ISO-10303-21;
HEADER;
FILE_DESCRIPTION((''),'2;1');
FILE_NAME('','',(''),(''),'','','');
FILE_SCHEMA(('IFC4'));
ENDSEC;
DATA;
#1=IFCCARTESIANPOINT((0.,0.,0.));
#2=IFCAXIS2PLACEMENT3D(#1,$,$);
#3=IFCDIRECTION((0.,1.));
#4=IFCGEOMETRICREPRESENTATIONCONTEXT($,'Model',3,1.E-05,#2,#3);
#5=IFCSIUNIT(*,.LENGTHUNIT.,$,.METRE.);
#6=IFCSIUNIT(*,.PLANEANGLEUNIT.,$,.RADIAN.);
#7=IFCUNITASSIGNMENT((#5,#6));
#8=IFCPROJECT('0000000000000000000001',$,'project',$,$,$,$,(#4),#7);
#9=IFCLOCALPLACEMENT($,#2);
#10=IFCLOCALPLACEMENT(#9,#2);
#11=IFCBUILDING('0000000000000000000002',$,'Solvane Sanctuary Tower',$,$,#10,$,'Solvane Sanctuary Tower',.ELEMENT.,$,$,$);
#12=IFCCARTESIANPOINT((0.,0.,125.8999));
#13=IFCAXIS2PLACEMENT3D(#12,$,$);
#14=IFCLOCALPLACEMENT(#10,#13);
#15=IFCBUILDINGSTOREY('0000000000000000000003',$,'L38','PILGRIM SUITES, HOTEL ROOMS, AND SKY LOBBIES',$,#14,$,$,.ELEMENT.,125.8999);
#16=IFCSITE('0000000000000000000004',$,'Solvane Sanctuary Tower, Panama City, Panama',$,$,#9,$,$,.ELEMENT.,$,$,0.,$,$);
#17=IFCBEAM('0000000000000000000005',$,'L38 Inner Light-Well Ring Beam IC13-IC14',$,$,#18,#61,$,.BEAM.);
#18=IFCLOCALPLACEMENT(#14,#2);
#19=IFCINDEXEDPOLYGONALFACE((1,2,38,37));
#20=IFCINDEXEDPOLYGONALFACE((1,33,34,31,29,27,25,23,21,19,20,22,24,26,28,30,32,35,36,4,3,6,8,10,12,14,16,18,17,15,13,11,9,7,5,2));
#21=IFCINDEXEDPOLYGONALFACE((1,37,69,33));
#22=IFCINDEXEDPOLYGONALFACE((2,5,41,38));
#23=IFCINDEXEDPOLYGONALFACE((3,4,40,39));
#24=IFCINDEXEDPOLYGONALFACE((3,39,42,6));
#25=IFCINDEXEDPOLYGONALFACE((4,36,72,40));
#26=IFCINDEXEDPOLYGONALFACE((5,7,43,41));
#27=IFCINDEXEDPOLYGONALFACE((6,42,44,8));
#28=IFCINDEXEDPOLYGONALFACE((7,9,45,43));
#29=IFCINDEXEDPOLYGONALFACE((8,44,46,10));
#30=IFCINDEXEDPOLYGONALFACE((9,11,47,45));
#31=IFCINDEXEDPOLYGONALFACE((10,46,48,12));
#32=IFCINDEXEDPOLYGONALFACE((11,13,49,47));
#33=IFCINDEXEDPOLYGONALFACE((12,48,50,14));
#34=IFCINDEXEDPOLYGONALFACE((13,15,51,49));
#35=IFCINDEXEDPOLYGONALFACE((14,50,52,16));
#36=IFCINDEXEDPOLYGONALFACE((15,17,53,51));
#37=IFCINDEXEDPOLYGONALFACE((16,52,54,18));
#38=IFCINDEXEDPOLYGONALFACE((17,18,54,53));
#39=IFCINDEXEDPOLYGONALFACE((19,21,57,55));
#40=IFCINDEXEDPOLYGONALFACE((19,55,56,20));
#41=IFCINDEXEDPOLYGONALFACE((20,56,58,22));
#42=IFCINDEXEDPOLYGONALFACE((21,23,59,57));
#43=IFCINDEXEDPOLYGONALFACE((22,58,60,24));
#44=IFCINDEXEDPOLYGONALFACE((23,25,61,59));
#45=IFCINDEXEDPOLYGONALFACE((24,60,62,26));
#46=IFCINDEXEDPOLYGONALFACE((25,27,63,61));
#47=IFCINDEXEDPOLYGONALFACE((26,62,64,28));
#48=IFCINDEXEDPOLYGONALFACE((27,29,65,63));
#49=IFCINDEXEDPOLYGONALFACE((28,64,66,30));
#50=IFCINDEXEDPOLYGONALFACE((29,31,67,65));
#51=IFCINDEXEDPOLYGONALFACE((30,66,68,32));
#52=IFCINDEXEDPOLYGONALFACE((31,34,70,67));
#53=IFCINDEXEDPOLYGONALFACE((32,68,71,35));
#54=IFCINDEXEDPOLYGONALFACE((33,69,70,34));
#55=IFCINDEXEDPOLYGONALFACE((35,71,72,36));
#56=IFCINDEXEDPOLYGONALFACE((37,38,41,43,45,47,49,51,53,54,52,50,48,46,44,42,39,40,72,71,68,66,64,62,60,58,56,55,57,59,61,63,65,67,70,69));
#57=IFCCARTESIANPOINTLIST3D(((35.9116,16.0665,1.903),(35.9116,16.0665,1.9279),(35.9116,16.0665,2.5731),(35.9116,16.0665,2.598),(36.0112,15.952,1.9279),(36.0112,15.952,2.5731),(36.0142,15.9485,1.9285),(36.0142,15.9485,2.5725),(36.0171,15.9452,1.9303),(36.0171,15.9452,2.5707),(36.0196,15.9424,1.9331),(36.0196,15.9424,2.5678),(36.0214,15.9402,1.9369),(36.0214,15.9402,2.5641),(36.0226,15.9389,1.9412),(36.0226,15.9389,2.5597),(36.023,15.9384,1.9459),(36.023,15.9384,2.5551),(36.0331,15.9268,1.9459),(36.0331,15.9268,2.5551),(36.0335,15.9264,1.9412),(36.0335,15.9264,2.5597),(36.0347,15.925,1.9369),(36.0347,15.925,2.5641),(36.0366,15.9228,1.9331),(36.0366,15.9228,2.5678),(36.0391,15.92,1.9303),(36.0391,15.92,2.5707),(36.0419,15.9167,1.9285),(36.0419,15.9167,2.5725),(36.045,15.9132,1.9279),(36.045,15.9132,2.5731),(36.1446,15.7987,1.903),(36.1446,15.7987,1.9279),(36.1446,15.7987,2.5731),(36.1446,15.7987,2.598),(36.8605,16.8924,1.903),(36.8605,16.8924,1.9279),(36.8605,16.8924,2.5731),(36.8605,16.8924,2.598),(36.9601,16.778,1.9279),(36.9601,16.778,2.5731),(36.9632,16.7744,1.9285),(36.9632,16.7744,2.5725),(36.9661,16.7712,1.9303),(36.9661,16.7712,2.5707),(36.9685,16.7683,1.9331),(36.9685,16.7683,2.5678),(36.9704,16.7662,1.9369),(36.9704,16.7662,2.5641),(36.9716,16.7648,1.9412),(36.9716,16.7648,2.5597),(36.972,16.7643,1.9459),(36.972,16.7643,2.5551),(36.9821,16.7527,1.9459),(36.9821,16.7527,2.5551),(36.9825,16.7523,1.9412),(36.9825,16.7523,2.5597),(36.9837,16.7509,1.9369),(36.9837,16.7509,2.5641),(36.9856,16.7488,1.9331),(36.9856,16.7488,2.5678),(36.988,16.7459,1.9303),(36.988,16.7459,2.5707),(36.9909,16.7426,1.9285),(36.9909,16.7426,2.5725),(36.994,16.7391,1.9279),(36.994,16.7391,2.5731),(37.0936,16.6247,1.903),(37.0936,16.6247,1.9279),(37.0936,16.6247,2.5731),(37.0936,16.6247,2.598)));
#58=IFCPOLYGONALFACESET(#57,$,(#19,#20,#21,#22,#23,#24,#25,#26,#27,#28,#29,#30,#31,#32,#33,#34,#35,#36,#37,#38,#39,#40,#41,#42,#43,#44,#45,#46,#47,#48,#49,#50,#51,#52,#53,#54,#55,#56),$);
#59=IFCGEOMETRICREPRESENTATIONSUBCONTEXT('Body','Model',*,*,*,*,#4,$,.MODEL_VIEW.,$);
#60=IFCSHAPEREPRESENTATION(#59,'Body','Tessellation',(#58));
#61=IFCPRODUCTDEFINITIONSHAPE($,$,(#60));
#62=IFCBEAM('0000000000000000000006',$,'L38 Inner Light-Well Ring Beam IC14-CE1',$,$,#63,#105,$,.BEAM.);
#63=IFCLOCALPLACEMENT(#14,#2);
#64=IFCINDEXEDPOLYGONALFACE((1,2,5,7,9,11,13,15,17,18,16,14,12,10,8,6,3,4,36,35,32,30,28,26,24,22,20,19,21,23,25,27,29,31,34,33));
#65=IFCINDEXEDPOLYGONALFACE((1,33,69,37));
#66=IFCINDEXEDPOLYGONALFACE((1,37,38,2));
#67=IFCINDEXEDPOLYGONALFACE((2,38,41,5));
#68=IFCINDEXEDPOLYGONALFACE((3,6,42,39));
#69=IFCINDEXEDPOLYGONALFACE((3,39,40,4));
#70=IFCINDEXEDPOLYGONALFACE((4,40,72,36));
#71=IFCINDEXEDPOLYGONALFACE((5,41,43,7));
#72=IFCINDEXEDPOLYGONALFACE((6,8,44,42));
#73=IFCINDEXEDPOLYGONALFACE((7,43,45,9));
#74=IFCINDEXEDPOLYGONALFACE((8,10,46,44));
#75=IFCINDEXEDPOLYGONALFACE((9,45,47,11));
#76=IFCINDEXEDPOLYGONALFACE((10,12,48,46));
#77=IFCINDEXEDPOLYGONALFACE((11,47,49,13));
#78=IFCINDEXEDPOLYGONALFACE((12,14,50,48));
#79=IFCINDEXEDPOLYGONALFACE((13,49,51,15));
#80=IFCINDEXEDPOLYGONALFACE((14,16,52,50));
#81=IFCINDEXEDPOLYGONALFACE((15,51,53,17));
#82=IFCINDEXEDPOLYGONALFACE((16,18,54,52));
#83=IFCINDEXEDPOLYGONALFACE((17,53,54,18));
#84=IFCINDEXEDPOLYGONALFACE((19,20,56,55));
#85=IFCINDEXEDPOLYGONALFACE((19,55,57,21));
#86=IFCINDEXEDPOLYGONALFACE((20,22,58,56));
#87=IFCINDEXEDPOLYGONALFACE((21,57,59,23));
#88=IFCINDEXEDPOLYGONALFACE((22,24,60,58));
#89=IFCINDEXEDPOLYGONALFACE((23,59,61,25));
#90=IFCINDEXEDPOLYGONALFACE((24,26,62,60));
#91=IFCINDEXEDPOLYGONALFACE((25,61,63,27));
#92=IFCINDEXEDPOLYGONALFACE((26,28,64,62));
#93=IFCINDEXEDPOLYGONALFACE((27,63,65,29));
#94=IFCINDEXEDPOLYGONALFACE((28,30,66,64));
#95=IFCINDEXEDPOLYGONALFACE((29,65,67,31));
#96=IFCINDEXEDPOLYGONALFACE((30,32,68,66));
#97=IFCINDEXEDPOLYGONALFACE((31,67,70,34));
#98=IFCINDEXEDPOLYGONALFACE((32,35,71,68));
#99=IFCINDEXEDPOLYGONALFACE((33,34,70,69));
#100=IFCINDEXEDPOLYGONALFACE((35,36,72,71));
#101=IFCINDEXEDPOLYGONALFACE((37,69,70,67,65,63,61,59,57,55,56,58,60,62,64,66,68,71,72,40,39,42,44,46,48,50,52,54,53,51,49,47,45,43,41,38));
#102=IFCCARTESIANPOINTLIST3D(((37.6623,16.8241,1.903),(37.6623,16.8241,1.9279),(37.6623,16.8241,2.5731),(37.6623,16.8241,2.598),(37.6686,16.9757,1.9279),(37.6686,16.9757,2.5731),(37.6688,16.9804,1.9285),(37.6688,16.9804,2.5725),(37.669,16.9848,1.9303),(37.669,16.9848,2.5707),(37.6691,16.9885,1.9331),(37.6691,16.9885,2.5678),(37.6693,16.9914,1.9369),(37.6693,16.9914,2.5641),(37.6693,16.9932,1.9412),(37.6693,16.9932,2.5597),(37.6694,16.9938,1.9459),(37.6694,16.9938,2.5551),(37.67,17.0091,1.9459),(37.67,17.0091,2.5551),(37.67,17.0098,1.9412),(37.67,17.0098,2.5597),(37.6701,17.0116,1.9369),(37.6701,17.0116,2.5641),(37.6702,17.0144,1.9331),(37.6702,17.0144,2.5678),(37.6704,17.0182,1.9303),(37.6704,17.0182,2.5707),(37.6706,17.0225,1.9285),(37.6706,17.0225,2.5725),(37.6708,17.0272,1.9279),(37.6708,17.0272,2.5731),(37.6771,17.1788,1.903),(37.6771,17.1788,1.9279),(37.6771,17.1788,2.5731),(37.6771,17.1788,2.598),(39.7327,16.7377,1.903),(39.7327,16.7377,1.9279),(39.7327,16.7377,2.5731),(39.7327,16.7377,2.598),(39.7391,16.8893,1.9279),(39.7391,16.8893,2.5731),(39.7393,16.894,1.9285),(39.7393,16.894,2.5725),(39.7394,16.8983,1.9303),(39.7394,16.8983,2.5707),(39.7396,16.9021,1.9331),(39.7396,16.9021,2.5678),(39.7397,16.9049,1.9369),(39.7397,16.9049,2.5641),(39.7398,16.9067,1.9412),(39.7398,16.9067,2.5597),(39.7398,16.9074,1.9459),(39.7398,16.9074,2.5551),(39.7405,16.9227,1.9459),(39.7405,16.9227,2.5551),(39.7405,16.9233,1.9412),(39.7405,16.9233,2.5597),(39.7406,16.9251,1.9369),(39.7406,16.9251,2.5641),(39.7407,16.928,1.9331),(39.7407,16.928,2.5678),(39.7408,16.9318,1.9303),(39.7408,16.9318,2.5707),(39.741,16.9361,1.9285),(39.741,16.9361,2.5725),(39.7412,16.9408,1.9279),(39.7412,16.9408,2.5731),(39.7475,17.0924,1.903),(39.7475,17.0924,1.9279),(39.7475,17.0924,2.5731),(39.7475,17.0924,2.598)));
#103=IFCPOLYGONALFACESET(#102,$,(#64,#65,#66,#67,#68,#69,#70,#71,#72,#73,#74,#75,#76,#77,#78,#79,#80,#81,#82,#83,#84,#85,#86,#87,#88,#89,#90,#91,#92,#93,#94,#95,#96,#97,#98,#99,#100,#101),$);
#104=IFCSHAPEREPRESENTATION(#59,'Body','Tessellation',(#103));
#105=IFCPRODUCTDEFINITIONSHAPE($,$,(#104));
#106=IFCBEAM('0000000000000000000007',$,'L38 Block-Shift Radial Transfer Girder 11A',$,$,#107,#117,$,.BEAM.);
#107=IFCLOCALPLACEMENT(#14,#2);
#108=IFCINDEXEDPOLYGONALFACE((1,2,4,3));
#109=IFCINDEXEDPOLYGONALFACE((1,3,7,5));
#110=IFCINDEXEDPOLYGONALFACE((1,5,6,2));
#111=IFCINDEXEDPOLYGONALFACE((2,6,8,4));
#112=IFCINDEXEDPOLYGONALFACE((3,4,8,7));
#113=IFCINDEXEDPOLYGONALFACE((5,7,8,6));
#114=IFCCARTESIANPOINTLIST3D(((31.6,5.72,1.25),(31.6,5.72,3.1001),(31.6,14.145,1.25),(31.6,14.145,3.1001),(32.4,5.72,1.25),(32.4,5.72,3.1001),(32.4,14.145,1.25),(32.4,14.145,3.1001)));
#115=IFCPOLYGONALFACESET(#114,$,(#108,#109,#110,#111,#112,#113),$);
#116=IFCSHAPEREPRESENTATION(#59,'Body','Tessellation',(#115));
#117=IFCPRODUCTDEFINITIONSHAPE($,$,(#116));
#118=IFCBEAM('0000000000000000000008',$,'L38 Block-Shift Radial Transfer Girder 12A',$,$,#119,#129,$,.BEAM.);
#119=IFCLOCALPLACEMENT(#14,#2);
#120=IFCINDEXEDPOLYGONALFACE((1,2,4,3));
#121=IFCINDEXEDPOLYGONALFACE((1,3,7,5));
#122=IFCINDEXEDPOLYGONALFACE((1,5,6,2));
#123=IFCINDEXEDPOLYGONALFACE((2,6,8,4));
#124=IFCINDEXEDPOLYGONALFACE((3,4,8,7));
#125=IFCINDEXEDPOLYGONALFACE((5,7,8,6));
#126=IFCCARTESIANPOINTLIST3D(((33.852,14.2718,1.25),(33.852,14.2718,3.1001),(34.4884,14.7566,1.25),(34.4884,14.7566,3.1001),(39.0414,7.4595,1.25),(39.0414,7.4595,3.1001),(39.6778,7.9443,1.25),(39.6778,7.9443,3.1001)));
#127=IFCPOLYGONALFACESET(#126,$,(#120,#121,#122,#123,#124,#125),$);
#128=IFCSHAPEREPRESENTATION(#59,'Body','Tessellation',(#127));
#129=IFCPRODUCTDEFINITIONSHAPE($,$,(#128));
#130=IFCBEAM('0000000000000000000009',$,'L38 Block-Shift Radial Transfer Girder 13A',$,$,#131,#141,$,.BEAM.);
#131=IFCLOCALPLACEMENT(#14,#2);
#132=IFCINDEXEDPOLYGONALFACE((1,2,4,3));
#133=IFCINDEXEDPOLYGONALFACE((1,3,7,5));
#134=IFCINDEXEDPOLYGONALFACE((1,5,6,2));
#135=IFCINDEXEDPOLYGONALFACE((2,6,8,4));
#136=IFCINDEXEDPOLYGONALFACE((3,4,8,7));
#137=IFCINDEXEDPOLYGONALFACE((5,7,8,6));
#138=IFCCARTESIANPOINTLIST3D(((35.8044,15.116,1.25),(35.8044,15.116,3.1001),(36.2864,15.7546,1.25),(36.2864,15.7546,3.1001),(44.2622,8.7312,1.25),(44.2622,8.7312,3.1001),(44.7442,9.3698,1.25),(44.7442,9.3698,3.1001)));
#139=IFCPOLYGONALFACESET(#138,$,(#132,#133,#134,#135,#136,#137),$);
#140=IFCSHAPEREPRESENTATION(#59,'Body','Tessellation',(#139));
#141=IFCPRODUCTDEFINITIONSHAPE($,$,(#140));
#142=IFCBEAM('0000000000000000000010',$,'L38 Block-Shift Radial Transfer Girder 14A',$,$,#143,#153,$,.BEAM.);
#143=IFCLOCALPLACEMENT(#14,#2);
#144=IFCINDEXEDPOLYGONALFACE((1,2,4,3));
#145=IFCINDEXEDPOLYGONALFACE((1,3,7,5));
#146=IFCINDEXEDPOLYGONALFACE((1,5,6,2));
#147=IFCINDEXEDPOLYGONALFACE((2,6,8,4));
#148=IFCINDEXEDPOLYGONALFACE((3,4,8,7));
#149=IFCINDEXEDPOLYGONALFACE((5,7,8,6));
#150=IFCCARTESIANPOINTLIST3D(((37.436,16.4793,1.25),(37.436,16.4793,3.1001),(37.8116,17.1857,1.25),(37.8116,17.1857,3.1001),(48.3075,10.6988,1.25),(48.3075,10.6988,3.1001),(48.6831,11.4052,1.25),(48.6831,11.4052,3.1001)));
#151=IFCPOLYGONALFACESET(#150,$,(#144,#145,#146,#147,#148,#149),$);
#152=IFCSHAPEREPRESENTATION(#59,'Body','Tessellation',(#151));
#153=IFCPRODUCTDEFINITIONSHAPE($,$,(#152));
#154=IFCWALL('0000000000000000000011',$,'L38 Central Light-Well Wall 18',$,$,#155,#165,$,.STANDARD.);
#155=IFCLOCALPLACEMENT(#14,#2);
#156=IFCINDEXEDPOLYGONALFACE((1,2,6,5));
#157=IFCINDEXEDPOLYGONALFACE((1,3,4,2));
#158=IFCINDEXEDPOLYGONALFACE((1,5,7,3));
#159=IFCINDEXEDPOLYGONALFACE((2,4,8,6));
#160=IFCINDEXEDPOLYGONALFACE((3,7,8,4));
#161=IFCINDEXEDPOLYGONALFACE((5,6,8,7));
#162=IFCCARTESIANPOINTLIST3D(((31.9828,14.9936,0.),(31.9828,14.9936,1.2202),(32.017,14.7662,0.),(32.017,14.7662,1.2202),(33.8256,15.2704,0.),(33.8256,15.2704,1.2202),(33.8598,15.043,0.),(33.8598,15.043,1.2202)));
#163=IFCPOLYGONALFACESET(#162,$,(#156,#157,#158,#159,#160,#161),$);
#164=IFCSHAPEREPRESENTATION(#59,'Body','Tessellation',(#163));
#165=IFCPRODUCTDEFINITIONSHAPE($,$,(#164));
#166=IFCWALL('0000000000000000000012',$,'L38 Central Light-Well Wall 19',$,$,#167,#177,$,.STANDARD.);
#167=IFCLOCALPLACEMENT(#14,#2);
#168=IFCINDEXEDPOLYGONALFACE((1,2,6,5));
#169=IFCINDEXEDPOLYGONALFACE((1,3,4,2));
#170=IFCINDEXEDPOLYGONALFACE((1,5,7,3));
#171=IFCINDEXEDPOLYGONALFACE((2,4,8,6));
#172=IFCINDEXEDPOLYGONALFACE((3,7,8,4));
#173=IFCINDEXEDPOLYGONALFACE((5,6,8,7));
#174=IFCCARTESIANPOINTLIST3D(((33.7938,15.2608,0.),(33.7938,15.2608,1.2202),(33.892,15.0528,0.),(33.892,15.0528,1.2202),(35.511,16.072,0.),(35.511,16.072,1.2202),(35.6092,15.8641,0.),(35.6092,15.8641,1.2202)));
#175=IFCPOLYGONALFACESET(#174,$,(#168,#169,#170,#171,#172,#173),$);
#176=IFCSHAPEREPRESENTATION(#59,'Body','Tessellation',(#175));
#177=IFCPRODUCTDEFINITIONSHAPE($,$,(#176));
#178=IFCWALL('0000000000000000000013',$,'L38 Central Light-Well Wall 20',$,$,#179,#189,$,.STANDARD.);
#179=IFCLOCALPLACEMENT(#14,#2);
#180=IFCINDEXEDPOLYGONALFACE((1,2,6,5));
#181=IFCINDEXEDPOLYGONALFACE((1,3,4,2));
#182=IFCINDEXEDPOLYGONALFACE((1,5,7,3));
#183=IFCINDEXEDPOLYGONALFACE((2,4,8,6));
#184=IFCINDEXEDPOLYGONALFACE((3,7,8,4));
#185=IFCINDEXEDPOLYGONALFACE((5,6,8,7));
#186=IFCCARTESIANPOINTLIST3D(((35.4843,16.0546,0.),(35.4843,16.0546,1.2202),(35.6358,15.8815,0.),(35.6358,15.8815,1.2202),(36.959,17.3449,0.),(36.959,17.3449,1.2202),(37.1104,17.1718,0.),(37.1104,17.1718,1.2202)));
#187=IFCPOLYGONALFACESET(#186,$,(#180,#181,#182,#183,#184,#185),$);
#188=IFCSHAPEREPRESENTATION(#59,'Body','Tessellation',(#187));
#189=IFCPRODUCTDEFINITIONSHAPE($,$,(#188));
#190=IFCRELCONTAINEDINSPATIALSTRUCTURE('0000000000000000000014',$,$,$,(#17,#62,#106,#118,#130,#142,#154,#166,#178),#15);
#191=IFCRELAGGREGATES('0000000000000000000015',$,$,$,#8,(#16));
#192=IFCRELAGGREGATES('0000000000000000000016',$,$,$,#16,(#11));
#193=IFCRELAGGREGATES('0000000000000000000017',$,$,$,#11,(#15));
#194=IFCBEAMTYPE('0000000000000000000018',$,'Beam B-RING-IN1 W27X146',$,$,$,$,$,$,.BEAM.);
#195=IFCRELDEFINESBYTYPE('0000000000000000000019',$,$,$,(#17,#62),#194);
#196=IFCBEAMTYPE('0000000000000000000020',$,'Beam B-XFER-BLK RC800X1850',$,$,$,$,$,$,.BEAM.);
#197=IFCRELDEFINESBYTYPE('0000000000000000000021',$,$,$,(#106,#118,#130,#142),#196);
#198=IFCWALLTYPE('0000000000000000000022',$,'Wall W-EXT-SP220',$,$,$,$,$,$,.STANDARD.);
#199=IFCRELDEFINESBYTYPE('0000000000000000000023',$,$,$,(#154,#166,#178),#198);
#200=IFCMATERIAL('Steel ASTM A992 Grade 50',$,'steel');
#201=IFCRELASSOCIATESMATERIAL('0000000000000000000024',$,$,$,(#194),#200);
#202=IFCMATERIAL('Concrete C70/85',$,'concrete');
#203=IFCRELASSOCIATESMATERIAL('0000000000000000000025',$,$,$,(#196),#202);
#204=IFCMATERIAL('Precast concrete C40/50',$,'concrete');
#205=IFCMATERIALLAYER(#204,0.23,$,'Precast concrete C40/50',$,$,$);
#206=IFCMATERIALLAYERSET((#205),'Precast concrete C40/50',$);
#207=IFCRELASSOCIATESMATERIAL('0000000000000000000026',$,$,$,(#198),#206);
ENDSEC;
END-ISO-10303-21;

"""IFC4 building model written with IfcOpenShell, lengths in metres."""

from ifc_helpers import new_model, si_unit, direction, frame, frame_2d, origin, origin_2d, place, context, subcontext, project, spatial, rectangle, i_section, extrude, material, layer, layer_set, material_profile, profile_set, type_object, element, save


model = new_model("IFC4")

# Units and contexts
model_context = context("Model", 3, precision=1e-05, world=origin(), true_north=direction((0.0, 1.0)))
body_context = subcontext(model_context, "Body", "Model", "MODEL_VIEW")
ifc_project = project(units=[si_unit("LENGTHUNIT", "METRE"), si_unit("PLANEANGLEUNIT", "RADIAN")], contexts=[model_context])

# Site, building, storey
site_placement = place(None, origin())
site = spatial("IfcSite", under=ifc_project, at=site_placement, Name="Solvane Sanctuary Tower, Panama City, Panama", CompositionType="ELEMENT", RefElevation=0.0)
building_placement = place(site_placement, origin())
building = spatial("IfcBuilding", under=site, at=building_placement, Name="Solvane Sanctuary Tower", LongName="Solvane Sanctuary Tower", CompositionType="ELEMENT")
storey_placement = place(building_placement, frame((0.0, 0.0, 125.8999)))
storey = spatial("IfcBuildingStorey", under=building, at=storey_placement, Name="L38", Description="PILGRIM SUITES, HOTEL ROOMS, AND SKY LOBBIES", CompositionType="ELEMENT", Elevation=125.8999)

# Beams
ifc_material_1 = material(Name="Steel ASTM A992 Grade 50", Category="steel")
ifc_material_profile_1 = material_profile(ifc_material_1, i_section(OverallWidth=0.355, OverallDepth=0.6951, WebThickness=0.0154, FlangeThickness=0.0249, FilletRadius=0.0181, at=origin_2d()), Name="W27X146")
ifc_profile_set_1 = profile_set([ifc_material_profile_1], Name="Steel ASTM A992 Grade 50")
beam_type_1 = type_object("IfcBeamType", Name="Beam B-RING-IN1 W27X146", PredefinedType="BEAM", material=ifc_profile_set_1)
beam_1_placement = place(storey_placement, frame((36.0281, 15.9326, 2.2505), z_axis=(0.754317, 0.65651, 0.0), x_axis=(-0.65651, 0.754317, 0.0)))
element("IfcBeam", 1, at=beam_1_placement, inside=storey, type_object=beam_type_1, Name="L38 Inner Light-Well Ring Beam IC13-IC14", PredefinedType="BEAM", context=body_context, shape_type="SweptSolid", body=[
    extrude(i_section(OverallWidth=0.355, OverallDepth=0.6951, WebThickness=0.0154, FlangeThickness=0.0249, FilletRadius=0.0181, at=origin_2d()), origin(), (0.0, 0.0, 1.0), 1.2581),
])
beam_2_placement = place(storey_placement, frame((37.6697, 17.0015, 2.2505), z_axis=(0.99913, -0.041704, 0.0), x_axis=(0.041704, 0.99913, 0.0)))
element("IfcBeam", 2, at=beam_2_placement, inside=storey, type_object=beam_type_1, Name="L38 Inner Light-Well Ring Beam IC14-CE1", PredefinedType="BEAM", context=body_context, shape_type="SweptSolid", body=[
    extrude(i_section(OverallWidth=0.355, OverallDepth=0.6951, WebThickness=0.0154, FlangeThickness=0.0249, FilletRadius=0.0181, at=origin_2d()), origin(), (0.0, 0.0, 1.0), 2.0723),
])
ifc_material_2 = material(Name="Concrete C70/85", Category="concrete")
ifc_material_profile_2 = material_profile(ifc_material_2, rectangle(XDim=0.8, YDim=1.8501, at=origin_2d()), Name="RC800X1850")
ifc_profile_set_2 = profile_set([ifc_material_profile_2], Name="Concrete C70/85")
beam_type_2 = type_object("IfcBeamType", Name="Beam B-XFER-BLK RC800X1850", PredefinedType="BEAM", material=ifc_profile_set_2)
beam_3_placement = place(storey_placement, frame((32.0, 14.145, 2.175), z_axis=(0.0, -1.0, 0.0), x_axis=(1.0, 0.0, 0.0)))
element("IfcBeam", 3, at=beam_3_placement, inside=storey, type_object=beam_type_2, Name="L38 Block-Shift Radial Transfer Girder 11A", PredefinedType="BEAM", context=body_context, shape_type="SweptSolid", body=[
    extrude(rectangle(XDim=0.8, YDim=1.8501, at=origin_2d()), origin(), (0.0, 0.0, 1.0), 8.425),
])
beam_4_placement = place(storey_placement, frame((34.1702, 14.5142, 2.175), z_axis=(0.605981, -0.795479, 0.0), x_axis=(0.795479, 0.605981, 0.0)))
element("IfcBeam", 4, at=beam_4_placement, inside=storey, type_object=beam_type_2, Name="L38 Block-Shift Radial Transfer Girder 12A", PredefinedType="BEAM", context=body_context, shape_type="SweptSolid", body=[
    extrude(rectangle(XDim=0.8, YDim=1.8501, at=origin_2d()), origin(), (0.0, 0.0, 1.0), 8.5637),
])
beam_5_placement = place(storey_placement, frame((36.0454, 15.4353, 2.175), z_axis=(0.798119, -0.6025, 0.0), x_axis=(0.6025, 0.798119, 0.0)))
element("IfcBeam", 5, at=beam_5_placement, inside=storey, type_object=beam_type_2, Name="L38 Block-Shift Radial Transfer Girder 13A", PredefinedType="BEAM", context=body_context, shape_type="SweptSolid", body=[
    extrude(rectangle(XDim=0.8, YDim=1.8501, at=origin_2d()), origin(), (0.0, 0.0, 1.0), 10.5972),
])
beam_6_placement = place(storey_placement, frame((37.6238, 16.8325, 2.175), z_axis=(0.882948, -0.469471, 0.0), x_axis=(0.469471, 0.882948, 0.0)))
element("IfcBeam", 6, at=beam_6_placement, inside=storey, type_object=beam_type_2, Name="L38 Block-Shift Radial Transfer Girder 14A", PredefinedType="BEAM", context=body_context, shape_type="SweptSolid", body=[
    extrude(rectangle(XDim=0.8, YDim=1.8501, at=origin_2d()), origin(), (0.0, 0.0, 1.0), 12.3127),
])

# Walls
ifc_material_3 = material(Name="Precast concrete C40/50", Category="concrete")
ifc_layer_1 = layer(ifc_material_3, 0.23, Name="Precast concrete C40/50")
ifc_layer_set_1 = layer_set([ifc_layer_1], Name="Precast concrete C40/50")
wall_type_1 = type_object("IfcWallType", Name="Wall W-EXT-SP220", PredefinedType="STANDARD", material=ifc_layer_set_1)
wall_1_placement = place(storey_placement, frame((32.0, 14.8799, 0.0), z_axis=(0.0, 0.0, 1.0), x_axis=(0.988902, 0.148571, 0.0)))
element("IfcWall", 7, at=wall_1_placement, inside=storey, type_object=wall_type_1, Name="L38 Central Light-Well Wall 18", PredefinedType="STANDARD", context=body_context, shape_type="SweptSolid", body=[
    extrude(rectangle(XDim=1.8635, YDim=0.23, at=frame_2d((0.9316, 0.0))), origin(), (0.0, 0.0, 1.0), 1.2202),
])
wall_2_placement = place(storey_placement, frame((33.8428, 15.1567, 0.0), z_axis=(0.0, 0.0, 1.0), x_axis=(0.90418, 0.427152, 0.0)))
element("IfcWall", 8, at=wall_2_placement, inside=storey, type_object=wall_type_1, Name="L38 Central Light-Well Wall 19", PredefinedType="STANDARD", context=body_context, shape_type="SweptSolid", body=[
    extrude(rectangle(XDim=1.8992, YDim=0.23, at=frame_2d((0.9497, 0.0))), origin(), (0.0, 0.0, 1.0), 1.2202),
])
wall_3_placement = place(storey_placement, frame((35.5601, 15.968, 0.0), z_axis=(0.0, 0.0, 1.0), x_axis=(0.752577, 0.658505, 0.0)))
element("IfcWall", 9, at=wall_3_placement, inside=storey, type_object=wall_type_1, Name="L38 Central Light-Well Wall 20", PredefinedType="STANDARD", context=body_context, shape_type="SweptSolid", body=[
    extrude(rectangle(XDim=1.9595, YDim=0.23, at=frame_2d((0.9797, 0.0))), origin(), (0.0, 0.0, 1.0), 1.2202),
])

save(model, "model.ifc")
